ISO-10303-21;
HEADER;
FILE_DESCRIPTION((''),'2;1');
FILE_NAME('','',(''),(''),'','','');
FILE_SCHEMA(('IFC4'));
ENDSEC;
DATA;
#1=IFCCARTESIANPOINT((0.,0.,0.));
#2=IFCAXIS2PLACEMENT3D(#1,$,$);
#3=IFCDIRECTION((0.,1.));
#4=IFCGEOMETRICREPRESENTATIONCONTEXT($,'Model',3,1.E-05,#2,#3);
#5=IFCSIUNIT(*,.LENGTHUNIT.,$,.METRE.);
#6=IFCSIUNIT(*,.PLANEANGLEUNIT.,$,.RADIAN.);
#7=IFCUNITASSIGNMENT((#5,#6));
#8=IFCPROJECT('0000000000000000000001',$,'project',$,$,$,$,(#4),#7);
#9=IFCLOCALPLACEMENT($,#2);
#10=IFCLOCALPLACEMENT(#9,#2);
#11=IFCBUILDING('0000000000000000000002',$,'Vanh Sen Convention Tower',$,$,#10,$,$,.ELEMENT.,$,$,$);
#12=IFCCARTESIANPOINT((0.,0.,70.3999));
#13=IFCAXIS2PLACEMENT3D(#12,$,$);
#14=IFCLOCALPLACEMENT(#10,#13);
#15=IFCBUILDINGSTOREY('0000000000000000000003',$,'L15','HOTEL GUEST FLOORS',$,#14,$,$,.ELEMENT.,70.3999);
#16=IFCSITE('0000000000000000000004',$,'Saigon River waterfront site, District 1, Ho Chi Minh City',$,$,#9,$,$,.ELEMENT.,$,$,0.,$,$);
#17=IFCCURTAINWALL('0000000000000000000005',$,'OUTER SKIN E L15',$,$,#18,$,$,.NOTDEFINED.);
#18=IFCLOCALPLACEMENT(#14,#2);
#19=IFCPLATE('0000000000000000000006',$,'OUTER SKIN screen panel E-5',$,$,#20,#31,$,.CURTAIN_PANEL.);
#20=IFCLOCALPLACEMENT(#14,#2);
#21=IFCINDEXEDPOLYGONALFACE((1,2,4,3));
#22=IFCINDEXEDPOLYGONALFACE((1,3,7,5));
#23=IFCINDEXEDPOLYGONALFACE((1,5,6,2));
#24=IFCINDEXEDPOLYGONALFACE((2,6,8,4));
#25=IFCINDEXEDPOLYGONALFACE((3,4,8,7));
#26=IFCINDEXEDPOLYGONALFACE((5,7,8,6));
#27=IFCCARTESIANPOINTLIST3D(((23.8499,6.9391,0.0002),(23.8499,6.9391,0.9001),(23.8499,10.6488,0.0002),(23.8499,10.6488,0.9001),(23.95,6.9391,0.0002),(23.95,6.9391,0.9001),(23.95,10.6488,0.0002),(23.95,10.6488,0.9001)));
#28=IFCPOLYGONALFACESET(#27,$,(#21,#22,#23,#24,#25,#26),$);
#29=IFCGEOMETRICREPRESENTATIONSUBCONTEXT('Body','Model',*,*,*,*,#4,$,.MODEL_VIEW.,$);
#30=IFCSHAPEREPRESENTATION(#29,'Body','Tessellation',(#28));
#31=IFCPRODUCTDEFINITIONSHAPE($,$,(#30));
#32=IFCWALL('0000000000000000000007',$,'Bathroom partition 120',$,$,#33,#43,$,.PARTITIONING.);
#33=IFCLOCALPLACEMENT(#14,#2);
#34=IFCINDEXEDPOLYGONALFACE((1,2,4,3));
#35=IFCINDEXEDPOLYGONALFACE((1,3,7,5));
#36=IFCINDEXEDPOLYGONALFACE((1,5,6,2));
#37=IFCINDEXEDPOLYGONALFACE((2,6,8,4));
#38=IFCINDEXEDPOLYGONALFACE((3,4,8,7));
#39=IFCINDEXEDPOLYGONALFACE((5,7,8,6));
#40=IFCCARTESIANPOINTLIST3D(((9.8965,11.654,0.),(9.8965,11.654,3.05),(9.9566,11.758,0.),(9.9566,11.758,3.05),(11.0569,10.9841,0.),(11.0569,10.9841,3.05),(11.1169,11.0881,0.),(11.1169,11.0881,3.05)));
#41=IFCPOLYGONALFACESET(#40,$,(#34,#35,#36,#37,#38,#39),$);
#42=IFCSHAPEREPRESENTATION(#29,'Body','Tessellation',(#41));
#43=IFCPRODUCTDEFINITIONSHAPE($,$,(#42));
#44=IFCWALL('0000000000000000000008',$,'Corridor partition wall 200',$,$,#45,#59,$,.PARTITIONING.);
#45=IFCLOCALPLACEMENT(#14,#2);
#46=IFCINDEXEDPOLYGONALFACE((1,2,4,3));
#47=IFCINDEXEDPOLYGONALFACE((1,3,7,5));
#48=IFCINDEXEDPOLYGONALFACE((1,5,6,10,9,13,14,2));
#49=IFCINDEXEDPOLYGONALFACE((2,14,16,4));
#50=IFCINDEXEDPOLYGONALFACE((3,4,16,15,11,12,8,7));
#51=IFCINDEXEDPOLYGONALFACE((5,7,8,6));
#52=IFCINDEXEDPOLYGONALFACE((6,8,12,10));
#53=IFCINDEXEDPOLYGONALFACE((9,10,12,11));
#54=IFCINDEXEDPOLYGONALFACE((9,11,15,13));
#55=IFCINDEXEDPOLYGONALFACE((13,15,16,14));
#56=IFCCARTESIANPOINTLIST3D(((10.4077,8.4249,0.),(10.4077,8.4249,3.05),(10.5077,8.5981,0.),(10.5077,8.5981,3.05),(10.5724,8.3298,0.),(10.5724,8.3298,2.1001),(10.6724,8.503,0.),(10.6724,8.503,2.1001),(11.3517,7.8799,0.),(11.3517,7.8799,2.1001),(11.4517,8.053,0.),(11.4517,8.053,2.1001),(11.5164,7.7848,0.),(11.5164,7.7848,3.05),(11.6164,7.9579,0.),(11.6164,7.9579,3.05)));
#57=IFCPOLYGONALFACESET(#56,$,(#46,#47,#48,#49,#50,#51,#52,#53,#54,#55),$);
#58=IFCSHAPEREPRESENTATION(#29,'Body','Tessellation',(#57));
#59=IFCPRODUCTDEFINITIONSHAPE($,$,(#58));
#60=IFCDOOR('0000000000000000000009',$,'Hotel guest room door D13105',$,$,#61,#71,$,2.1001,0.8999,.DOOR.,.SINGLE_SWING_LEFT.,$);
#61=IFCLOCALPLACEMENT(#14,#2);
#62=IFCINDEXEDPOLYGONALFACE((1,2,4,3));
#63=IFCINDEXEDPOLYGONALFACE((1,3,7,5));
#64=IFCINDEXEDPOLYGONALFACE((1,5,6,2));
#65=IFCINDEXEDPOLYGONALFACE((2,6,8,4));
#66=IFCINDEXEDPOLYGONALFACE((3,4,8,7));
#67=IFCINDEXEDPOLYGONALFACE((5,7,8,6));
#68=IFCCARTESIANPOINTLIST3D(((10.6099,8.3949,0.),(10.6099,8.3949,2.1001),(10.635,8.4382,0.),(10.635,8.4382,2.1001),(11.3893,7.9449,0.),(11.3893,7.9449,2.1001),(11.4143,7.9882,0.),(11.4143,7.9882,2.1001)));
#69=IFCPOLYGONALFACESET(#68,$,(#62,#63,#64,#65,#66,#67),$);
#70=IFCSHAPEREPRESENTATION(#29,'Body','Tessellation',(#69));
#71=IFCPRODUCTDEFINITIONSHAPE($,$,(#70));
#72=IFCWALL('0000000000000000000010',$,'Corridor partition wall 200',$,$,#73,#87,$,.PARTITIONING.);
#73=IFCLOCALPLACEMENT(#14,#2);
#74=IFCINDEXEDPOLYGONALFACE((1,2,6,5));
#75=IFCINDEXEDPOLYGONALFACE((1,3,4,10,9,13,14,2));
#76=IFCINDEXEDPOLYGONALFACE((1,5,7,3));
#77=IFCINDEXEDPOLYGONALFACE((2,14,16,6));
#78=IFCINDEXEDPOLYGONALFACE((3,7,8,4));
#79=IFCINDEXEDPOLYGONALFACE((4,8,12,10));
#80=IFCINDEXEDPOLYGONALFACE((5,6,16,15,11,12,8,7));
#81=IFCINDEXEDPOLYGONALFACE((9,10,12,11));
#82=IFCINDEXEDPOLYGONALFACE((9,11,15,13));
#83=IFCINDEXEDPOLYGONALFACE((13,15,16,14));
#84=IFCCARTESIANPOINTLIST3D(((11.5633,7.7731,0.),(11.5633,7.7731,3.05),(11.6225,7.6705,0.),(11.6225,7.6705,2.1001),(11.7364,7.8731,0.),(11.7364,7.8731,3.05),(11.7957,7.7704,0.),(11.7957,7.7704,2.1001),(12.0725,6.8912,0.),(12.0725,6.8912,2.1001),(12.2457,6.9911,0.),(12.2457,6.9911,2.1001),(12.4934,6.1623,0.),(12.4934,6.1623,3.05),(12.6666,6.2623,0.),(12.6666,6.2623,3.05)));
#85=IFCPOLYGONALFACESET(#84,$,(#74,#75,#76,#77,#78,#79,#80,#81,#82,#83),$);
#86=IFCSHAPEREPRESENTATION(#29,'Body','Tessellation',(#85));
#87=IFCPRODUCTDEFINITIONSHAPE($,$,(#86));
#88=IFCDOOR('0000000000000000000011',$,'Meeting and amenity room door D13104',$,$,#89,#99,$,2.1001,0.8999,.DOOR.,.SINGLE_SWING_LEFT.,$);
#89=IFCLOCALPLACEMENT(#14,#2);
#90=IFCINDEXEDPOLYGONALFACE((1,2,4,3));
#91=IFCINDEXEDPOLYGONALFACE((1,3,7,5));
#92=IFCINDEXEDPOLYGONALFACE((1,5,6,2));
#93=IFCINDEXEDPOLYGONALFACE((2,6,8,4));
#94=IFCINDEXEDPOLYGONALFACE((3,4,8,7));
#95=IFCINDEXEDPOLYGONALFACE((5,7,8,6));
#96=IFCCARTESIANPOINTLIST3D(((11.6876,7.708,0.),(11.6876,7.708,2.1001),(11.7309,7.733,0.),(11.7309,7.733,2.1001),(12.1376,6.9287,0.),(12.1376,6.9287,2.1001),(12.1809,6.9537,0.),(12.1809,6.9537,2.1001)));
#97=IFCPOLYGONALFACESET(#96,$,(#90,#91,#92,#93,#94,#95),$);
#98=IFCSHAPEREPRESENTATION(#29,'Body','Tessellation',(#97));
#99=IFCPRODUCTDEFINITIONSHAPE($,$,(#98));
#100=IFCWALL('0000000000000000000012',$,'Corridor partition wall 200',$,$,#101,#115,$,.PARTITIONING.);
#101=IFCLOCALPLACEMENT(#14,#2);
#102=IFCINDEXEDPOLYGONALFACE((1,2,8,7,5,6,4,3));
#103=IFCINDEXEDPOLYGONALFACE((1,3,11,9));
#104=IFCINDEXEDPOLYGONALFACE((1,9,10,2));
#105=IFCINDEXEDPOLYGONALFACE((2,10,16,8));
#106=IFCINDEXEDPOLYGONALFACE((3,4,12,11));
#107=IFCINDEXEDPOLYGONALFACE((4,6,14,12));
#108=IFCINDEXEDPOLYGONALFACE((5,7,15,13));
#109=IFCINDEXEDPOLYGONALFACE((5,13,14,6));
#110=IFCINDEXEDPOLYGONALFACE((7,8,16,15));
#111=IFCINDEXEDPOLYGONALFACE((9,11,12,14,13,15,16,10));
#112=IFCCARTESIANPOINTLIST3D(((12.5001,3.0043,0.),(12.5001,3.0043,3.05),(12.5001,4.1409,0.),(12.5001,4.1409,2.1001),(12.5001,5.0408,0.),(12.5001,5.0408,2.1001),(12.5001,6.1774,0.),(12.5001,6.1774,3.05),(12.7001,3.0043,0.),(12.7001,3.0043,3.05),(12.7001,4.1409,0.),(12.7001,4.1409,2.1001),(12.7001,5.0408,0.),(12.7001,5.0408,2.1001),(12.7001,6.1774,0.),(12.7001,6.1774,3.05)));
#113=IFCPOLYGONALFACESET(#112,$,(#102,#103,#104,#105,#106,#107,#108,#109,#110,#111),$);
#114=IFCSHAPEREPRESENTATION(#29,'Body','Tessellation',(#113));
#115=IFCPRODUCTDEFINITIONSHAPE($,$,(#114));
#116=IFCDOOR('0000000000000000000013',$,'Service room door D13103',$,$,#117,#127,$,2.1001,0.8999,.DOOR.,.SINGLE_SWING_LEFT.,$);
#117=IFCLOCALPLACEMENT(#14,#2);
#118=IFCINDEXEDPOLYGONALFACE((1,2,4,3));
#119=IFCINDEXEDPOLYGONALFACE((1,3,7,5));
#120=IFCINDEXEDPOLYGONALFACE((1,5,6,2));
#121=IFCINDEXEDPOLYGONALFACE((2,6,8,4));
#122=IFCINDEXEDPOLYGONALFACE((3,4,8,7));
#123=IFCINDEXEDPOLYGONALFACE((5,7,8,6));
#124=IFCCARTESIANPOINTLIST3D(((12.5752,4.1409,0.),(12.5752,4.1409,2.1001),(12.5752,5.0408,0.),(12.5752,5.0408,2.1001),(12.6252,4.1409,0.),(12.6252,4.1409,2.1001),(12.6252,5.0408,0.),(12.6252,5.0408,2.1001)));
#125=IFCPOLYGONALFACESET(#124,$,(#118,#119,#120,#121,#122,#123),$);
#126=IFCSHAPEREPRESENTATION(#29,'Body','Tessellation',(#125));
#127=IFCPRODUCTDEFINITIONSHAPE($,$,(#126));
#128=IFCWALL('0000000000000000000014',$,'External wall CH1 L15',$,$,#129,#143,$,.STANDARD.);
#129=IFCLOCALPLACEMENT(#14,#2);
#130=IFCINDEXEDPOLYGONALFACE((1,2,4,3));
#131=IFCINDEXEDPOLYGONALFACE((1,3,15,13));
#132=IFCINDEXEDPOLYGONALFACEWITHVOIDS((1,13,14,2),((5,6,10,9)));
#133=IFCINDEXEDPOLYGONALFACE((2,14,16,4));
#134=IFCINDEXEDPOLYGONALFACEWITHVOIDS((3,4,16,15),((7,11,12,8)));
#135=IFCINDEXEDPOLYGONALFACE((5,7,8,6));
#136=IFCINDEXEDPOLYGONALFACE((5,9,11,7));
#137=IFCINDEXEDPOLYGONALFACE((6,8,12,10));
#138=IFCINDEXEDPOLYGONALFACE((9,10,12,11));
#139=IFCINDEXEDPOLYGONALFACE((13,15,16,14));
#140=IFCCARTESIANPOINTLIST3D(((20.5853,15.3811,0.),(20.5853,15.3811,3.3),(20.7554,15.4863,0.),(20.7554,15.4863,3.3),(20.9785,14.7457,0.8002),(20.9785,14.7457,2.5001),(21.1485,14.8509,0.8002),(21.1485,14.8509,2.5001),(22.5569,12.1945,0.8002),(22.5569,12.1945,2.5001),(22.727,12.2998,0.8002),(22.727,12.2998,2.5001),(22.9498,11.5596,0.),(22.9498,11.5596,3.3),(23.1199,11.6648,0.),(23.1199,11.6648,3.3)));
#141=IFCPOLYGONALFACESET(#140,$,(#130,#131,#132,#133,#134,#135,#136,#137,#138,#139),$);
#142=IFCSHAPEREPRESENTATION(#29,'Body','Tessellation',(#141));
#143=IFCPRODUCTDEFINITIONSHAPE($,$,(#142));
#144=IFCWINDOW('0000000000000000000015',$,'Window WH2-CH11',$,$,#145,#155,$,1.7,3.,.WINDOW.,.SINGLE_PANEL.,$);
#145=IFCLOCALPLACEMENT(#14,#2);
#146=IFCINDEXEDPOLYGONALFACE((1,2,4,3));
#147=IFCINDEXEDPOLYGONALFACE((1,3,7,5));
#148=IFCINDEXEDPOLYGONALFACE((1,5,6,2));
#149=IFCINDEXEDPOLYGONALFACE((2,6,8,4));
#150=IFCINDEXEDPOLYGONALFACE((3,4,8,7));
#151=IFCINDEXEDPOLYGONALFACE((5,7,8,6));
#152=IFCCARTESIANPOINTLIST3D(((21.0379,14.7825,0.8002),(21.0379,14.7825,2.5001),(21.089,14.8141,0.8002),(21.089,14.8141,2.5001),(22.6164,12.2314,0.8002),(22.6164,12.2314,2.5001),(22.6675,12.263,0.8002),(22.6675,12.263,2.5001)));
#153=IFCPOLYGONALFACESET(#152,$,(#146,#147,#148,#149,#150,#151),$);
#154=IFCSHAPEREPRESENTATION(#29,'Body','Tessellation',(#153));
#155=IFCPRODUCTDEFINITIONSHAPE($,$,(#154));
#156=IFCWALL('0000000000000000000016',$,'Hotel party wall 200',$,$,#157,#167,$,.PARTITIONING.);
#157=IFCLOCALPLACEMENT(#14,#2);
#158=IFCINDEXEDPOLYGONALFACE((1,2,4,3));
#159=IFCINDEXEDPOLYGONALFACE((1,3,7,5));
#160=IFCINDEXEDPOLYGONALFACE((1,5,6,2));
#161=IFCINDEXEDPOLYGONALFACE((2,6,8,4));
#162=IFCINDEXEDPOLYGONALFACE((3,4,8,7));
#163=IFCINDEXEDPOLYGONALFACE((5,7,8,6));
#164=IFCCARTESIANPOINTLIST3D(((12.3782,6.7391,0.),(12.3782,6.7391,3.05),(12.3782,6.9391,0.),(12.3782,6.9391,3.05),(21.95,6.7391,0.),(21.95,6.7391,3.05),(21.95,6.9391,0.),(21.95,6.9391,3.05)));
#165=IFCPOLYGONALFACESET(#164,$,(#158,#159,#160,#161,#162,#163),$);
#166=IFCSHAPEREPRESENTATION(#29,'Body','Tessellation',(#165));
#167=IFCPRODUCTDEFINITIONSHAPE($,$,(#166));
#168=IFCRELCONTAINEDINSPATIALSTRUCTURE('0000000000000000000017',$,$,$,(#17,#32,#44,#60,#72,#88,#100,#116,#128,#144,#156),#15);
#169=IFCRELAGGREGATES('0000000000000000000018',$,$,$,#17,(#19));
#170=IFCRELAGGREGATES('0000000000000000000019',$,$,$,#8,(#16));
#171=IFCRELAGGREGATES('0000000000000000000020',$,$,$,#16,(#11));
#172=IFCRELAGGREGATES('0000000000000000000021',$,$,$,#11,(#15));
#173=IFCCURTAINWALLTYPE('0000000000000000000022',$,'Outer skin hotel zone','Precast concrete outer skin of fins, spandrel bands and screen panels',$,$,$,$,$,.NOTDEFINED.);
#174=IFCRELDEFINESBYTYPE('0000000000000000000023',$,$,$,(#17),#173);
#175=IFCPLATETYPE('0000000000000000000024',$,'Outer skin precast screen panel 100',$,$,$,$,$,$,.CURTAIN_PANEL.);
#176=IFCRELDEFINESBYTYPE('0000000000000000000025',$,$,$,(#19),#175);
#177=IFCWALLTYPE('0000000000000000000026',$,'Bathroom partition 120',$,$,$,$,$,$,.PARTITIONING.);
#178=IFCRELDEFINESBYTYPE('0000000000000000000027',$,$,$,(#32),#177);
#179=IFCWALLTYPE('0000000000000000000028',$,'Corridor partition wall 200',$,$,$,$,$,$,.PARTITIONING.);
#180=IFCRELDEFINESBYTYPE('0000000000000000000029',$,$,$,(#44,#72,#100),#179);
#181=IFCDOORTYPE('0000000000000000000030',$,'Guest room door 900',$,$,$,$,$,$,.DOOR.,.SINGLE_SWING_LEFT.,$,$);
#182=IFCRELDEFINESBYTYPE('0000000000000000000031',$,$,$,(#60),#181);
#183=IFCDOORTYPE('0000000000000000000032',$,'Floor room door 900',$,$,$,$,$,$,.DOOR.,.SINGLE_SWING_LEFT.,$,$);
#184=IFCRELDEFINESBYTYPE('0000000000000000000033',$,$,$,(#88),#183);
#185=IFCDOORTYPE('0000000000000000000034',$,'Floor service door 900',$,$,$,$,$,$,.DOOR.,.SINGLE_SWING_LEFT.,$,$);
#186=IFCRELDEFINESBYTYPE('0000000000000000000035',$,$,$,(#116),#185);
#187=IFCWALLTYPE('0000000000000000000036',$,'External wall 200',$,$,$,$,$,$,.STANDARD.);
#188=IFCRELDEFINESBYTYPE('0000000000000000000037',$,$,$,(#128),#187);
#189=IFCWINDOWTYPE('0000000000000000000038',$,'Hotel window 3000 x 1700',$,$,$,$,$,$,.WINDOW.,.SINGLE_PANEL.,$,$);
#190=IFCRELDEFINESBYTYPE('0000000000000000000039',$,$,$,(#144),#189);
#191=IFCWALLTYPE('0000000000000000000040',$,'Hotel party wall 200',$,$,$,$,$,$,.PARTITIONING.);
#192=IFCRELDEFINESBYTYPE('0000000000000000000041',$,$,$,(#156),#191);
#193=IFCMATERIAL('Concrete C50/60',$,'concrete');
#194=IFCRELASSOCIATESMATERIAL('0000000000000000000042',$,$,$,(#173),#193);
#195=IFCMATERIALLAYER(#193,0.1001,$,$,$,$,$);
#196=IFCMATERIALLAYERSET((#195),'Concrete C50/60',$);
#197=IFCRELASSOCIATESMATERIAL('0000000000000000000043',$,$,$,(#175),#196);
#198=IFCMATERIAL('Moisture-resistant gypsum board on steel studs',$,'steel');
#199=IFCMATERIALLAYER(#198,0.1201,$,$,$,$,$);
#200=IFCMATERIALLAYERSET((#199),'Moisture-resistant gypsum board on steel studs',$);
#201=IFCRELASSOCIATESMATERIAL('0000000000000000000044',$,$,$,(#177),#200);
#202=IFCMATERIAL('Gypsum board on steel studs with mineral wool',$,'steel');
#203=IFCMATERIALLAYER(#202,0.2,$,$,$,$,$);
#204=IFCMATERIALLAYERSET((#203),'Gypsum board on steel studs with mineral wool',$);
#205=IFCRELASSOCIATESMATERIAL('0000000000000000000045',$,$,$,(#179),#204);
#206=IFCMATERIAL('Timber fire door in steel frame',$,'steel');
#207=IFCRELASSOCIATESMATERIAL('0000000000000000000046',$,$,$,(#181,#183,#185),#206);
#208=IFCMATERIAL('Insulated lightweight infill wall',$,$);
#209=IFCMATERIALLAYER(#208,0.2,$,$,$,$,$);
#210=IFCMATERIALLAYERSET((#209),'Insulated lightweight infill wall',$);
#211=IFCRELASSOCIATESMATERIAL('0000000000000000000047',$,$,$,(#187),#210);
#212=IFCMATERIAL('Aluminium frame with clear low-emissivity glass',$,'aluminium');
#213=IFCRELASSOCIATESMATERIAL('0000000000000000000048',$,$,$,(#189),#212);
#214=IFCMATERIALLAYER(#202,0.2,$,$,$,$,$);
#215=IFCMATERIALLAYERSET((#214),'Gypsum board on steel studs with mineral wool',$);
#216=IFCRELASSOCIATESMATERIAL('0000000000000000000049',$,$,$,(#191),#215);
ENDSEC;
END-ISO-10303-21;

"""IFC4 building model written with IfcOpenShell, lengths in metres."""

from ifc_helpers import new_model, si_unit, direction, frame, frame_2d, origin, origin_2d, place, context, subcontext, project, spatial, rectangle, extrude, material, layer, layer_set, type_object, element, fill, aggregate, save


model = new_model("IFC4")

# Units and contexts
model_context = context("Model", 3, precision=1e-05, world=origin(), true_north=direction((0.0, 1.0)))
body_context = subcontext(model_context, "Body", "Model", "MODEL_VIEW")
ifc_project = project(units=[si_unit("LENGTHUNIT", "METRE"), si_unit("PLANEANGLEUNIT", "RADIAN")], contexts=[model_context])

# Site, building, storey
site_placement = place(None, origin())
site = spatial("IfcSite", under=ifc_project, at=site_placement, Name="Saigon River waterfront site, District 1, Ho Chi Minh City", CompositionType="ELEMENT", RefElevation=0.0)
building_placement = place(site_placement, origin())
building = spatial("IfcBuilding", under=site, at=building_placement, Name="Vanh Sen Convention Tower", CompositionType="ELEMENT")
storey_placement = place(building_placement, frame((0.0, 0.0, 70.3999)))
storey = spatial("IfcBuildingStorey", under=building, at=storey_placement, Name="L15", Description="HOTEL GUEST FLOORS", CompositionType="ELEMENT", Elevation=70.3999)

# Curtain wall
ifc_material_1 = material(Name="Concrete C50/60", Category="concrete")
curtain_wall_type = type_object("IfcCurtainWallType", Name="Outer skin hotel zone", Description="Precast concrete outer skin of fins, spandrel bands and screen panels", PredefinedType="NOTDEFINED", material=ifc_material_1)
curtain_wall_1_placement = place(storey_placement, origin())
curtain_wall_1 = element("IfcCurtainWall", 1, at=curtain_wall_1_placement, inside=storey, type_object=curtain_wall_type, Name="OUTER SKIN E L15", PredefinedType="NOTDEFINED")

# Plate
ifc_layer_1 = layer(ifc_material_1, 0.1001)
ifc_layer_set_1 = layer_set([ifc_layer_1], Name="Concrete C50/60")
plate_type = type_object("IfcPlateType", Name="Outer skin precast screen panel 100", PredefinedType="CURTAIN_PANEL", material=ifc_layer_set_1)
plate_1_placement = place(storey_placement, frame((23.8999, 8.7939, 0.0002), z_axis=(0.0, 0.0, 1.0), x_axis=(0.0, 1.0, 0.0)))
plate_1 = element("IfcPlate", 2, at=plate_1_placement, type_object=plate_type, Name="OUTER SKIN screen panel E-5", PredefinedType="CURTAIN_PANEL", context=body_context, shape_type="SweptSolid", body=[
    extrude(rectangle(XDim=3.7097, YDim=0.1001, at=origin_2d()), origin(), (0.0, 0.0, 1.0), 0.8999),
])
aggregate(curtain_wall_1, [plate_1])

# Wall
ifc_material_2 = material(Name="Moisture-resistant gypsum board on steel studs", Category="steel")
ifc_layer_2 = layer(ifc_material_2, 0.1201)
ifc_layer_set_2 = layer_set([ifc_layer_2], Name="Moisture-resistant gypsum board on steel studs")
wall_type_1 = type_object("IfcWallType", Name="Bathroom partition 120", PredefinedType="PARTITIONING", material=ifc_layer_set_2)
wall_1_placement = place(storey_placement, frame((11.0869, 11.0361, 0.0), z_axis=(0.0, 0.0, 1.0), x_axis=(-0.866037, 0.49998, 0.0)))
element("IfcWall", 3, at=wall_1_placement, inside=storey, type_object=wall_type_1, Name="Bathroom partition 120", PredefinedType="PARTITIONING", context=body_context, shape_type="SweptSolid", body=[
    extrude(rectangle(XDim=1.3398, YDim=0.1201, at=frame_2d((0.6699, 0.0))), origin(), (0.0, 0.0, 1.0), 3.05),
])

# Walls, openings, doors
ifc_material_3 = material(Name="Gypsum board on steel studs with mineral wool", Category="steel")
ifc_layer_3 = layer(ifc_material_3, 0.2)
ifc_layer_set_3 = layer_set([ifc_layer_3], Name="Gypsum board on steel studs with mineral wool")
wall_type_2 = type_object("IfcWallType", Name="Corridor partition wall 200", PredefinedType="PARTITIONING", material=ifc_layer_set_3)
wall_2_placement = place(storey_placement, frame((11.5664, 7.8713, 0.0), z_axis=(0.0, 0.0, 1.0), x_axis=(-0.866005, 0.500036, 0.0)))
wall_2 = element("IfcWall", 4, at=wall_2_placement, inside=storey, type_object=wall_type_2, Name="Corridor partition wall 200", PredefinedType="PARTITIONING", context=body_context, shape_type="SweptSolid", body=[
    extrude(rectangle(XDim=1.2803, YDim=0.2, at=frame_2d((0.6401, 0.0))), origin(), (0.0, 0.0, 1.0), 3.05),
])
opening_1_placement = place(wall_2_placement, frame((0.1902, 0.0, 0.0)))
opening_1 = element("IfcOpeningElement", 5, at=opening_1_placement, cuts=wall_2, PredefinedType="OPENING", context=body_context, shape_type="SweptSolid", body=[
    extrude(rectangle(XDim=0.8999, YDim=2.1001, at=frame_2d((0.45, 1.05))), frame((0.0, 0.1099, 0.0), z_axis=(0.0, -1.0, 0.0), x_axis=(1.0, 0.0, 0.0)), (0.0, 0.0, 1.0), 0.22),
])
ifc_material_4 = material(Name="Timber fire door in steel frame", Category="steel")
door_type_1 = type_object("IfcDoorType", Name="Guest room door 900", OperationType="SINGLE_SWING_LEFT", PredefinedType="DOOR", material=ifc_material_4)
door_1_placement = place(opening_1_placement, origin())
door_1 = element("IfcDoor", 6, at=door_1_placement, inside=storey, type_object=door_type_1, Name="Hotel guest room door D13105", OperationType="SINGLE_SWING_LEFT", OverallHeight=2.1001, OverallWidth=0.8999, PredefinedType="DOOR", context=body_context, shape_type="SweptSolid", body=[
    extrude(rectangle(XDim=0.8999, YDim=2.1001, at=frame_2d((0.45, 1.05))), frame((0.0, 0.0249, 0.0), z_axis=(0.0, -1.0, 0.0), x_axis=(1.0, 0.0, 0.0)), (0.0, 0.0, 1.0), 0.05),
])
fill(opening_1, door_1)
wall_3_placement = place(storey_placement, frame((12.5801, 6.2122, 0.0), z_axis=(0.0, 0.0, 1.0), x_axis=(-0.500063, 0.865989, 0.0)))
wall_3 = element("IfcWall", 7, at=wall_3_placement, inside=storey, type_object=wall_type_2, Name="Corridor partition wall 200", PredefinedType="PARTITIONING", context=body_context, shape_type="SweptSolid", body=[
    extrude(rectangle(XDim=1.8601, YDim=0.2, at=frame_2d((0.9302, 0.0))), origin(), (0.0, 0.0, 1.0), 3.05),
])
opening_2_placement = place(wall_3_placement, frame((0.8418, 0.0, 0.0)))
opening_2 = element("IfcOpeningElement", 8, at=opening_2_placement, cuts=wall_3, PredefinedType="OPENING", context=body_context, shape_type="SweptSolid", body=[
    extrude(rectangle(XDim=0.8999, YDim=2.1001, at=frame_2d((0.45, 1.05))), frame((0.0, 0.1099, 0.0), z_axis=(0.0, -1.0, 0.0), x_axis=(1.0, 0.0, 0.0)), (0.0, 0.0, 1.0), 0.22),
])
door_type_2 = type_object("IfcDoorType", Name="Floor room door 900", OperationType="SINGLE_SWING_LEFT", PredefinedType="DOOR", material=ifc_material_4)
door_2_placement = place(opening_2_placement, origin())
door_2 = element("IfcDoor", 9, at=door_2_placement, inside=storey, type_object=door_type_2, Name="Meeting and amenity room door D13104", OperationType="SINGLE_SWING_LEFT", OverallHeight=2.1001, OverallWidth=0.8999, PredefinedType="DOOR", context=body_context, shape_type="SweptSolid", body=[
    extrude(rectangle(XDim=0.8999, YDim=2.1001, at=frame_2d((0.45, 1.05))), frame((0.0, 0.0249, 0.0), z_axis=(0.0, -1.0, 0.0), x_axis=(1.0, 0.0, 0.0)), (0.0, 0.0, 1.0), 0.05),
])
fill(opening_2, door_2)
wall_4_placement = place(storey_placement, frame((12.6001, 3.0044, 0.0), z_axis=(0.0, 0.0, 1.0), x_axis=(0.0, 1.0, 0.0)))
wall_4 = element("IfcWall", 10, at=wall_4_placement, inside=storey, type_object=wall_type_2, Name="Corridor partition wall 200", PredefinedType="PARTITIONING", context=body_context, shape_type="SweptSolid", body=[
    extrude(rectangle(XDim=3.1731, YDim=0.2, at=frame_2d((1.5864, 0.0))), origin(), (0.0, 0.0, 1.0), 3.05),
])
opening_3_placement = place(wall_4_placement, frame((1.1365, 0.0, 0.0)))
opening_3 = element("IfcOpeningElement", 11, at=opening_3_placement, cuts=wall_4, PredefinedType="OPENING", context=body_context, shape_type="SweptSolid", body=[
    extrude(rectangle(XDim=0.8999, YDim=2.1001, at=frame_2d((0.45, 1.05))), frame((0.0, 0.1099, 0.0), z_axis=(0.0, -1.0, 0.0), x_axis=(1.0, 0.0, 0.0)), (0.0, 0.0, 1.0), 0.22),
])
door_type_3 = type_object("IfcDoorType", Name="Floor service door 900", OperationType="SINGLE_SWING_LEFT", PredefinedType="DOOR", material=ifc_material_4)
door_3_placement = place(opening_3_placement, origin())
door_3 = element("IfcDoor", 12, at=door_3_placement, inside=storey, type_object=door_type_3, Name="Service room door D13103", OperationType="SINGLE_SWING_LEFT", OverallHeight=2.1001, OverallWidth=0.8999, PredefinedType="DOOR", context=body_context, shape_type="SweptSolid", body=[
    extrude(rectangle(XDim=0.8999, YDim=2.1001, at=frame_2d((0.45, 1.05))), frame((0.0, 0.0249, 0.0), z_axis=(0.0, -1.0, 0.0), x_axis=(1.0, 0.0, 0.0)), (0.0, 0.0, 1.0), 0.05),
])
fill(opening_3, door_3)

# Wall, opening, window
ifc_material_5 = material(Name="Insulated lightweight infill wall")
ifc_layer_4 = layer(ifc_material_5, 0.2)
ifc_layer_set_4 = layer_set([ifc_layer_4], Name="Insulated lightweight infill wall")
wall_type_3 = type_object("IfcWallType", Name="External wall 200", PredefinedType="STANDARD", material=ifc_layer_set_4)
wall_5_placement = place(storey_placement, frame((23.0349, 11.6121, 0.0), z_axis=(0.0, 0.0, 1.0), x_axis=(-0.52616, 0.850386, 0.0)))
wall_5 = element("IfcWall", 13, at=wall_5_placement, inside=storey, type_object=wall_type_3, Name="External wall CH1 L15", PredefinedType="STANDARD", context=body_context, shape_type="SweptSolid", body=[
    extrude(rectangle(XDim=4.4939, YDim=0.2, at=frame_2d((2.2471, 0.0))), origin(), (0.0, 0.0, 1.0), 3.3),
])
opening_4_placement = place(wall_5_placement, frame((0.7468, 0.0, 0.8)))
opening_4 = element("IfcOpeningElement", 14, at=opening_4_placement, cuts=wall_5, PredefinedType="OPENING", context=body_context, shape_type="SweptSolid", body=[
    extrude(rectangle(XDim=3.0, YDim=1.7, at=frame_2d((1.5, 0.8501))), frame((0.0, 0.1099, 0.0), z_axis=(0.0, -1.0, 0.0), x_axis=(1.0, 0.0, 0.0)), (0.0, 0.0, 1.0), 0.22),
])
ifc_material_6 = material(Name="Aluminium frame with clear low-emissivity glass", Category="aluminium")
window_type = type_object("IfcWindowType", Name="Hotel window 3000 x 1700", PartitioningType="SINGLE_PANEL", PredefinedType="WINDOW", material=ifc_material_6)
window_placement = place(opening_4_placement, origin())
window = element("IfcWindow", 15, at=window_placement, inside=storey, type_object=window_type, Name="Window WH2-CH11", OverallHeight=1.7, OverallWidth=3.0, PartitioningType="SINGLE_PANEL", PredefinedType="WINDOW", context=body_context, shape_type="SweptSolid", body=[
    extrude(rectangle(XDim=3.0, YDim=1.7, at=frame_2d((1.5, 0.8501))), frame((0.0, 0.03, 0.0), z_axis=(0.0, -1.0, 0.0), x_axis=(1.0, 0.0, 0.0)), (0.0, 0.0, 1.0), 0.0601),
])
fill(opening_4, window)

# Wall
ifc_layer_5 = layer(ifc_material_3, 0.2)
ifc_layer_set_5 = layer_set([ifc_layer_5], Name="Gypsum board on steel studs with mineral wool")
wall_type_4 = type_object("IfcWallType", Name="Hotel party wall 200", PredefinedType="PARTITIONING", material=ifc_layer_set_5)
wall_6_placement = place(storey_placement, frame((21.95, 6.8391, 0.0), z_axis=(0.0, 0.0, 1.0), x_axis=(-1.0, 0.0, 0.0)))
element("IfcWall", 16, at=wall_6_placement, inside=storey, type_object=wall_type_4, Name="Hotel party wall 200", PredefinedType="PARTITIONING", context=body_context, shape_type="SweptSolid", body=[
    extrude(rectangle(XDim=9.5718, YDim=0.2, at=frame_2d((4.7859, 0.0))), origin(), (0.0, 0.0, 1.0), 3.05),
])

save(model, "model.ifc")
